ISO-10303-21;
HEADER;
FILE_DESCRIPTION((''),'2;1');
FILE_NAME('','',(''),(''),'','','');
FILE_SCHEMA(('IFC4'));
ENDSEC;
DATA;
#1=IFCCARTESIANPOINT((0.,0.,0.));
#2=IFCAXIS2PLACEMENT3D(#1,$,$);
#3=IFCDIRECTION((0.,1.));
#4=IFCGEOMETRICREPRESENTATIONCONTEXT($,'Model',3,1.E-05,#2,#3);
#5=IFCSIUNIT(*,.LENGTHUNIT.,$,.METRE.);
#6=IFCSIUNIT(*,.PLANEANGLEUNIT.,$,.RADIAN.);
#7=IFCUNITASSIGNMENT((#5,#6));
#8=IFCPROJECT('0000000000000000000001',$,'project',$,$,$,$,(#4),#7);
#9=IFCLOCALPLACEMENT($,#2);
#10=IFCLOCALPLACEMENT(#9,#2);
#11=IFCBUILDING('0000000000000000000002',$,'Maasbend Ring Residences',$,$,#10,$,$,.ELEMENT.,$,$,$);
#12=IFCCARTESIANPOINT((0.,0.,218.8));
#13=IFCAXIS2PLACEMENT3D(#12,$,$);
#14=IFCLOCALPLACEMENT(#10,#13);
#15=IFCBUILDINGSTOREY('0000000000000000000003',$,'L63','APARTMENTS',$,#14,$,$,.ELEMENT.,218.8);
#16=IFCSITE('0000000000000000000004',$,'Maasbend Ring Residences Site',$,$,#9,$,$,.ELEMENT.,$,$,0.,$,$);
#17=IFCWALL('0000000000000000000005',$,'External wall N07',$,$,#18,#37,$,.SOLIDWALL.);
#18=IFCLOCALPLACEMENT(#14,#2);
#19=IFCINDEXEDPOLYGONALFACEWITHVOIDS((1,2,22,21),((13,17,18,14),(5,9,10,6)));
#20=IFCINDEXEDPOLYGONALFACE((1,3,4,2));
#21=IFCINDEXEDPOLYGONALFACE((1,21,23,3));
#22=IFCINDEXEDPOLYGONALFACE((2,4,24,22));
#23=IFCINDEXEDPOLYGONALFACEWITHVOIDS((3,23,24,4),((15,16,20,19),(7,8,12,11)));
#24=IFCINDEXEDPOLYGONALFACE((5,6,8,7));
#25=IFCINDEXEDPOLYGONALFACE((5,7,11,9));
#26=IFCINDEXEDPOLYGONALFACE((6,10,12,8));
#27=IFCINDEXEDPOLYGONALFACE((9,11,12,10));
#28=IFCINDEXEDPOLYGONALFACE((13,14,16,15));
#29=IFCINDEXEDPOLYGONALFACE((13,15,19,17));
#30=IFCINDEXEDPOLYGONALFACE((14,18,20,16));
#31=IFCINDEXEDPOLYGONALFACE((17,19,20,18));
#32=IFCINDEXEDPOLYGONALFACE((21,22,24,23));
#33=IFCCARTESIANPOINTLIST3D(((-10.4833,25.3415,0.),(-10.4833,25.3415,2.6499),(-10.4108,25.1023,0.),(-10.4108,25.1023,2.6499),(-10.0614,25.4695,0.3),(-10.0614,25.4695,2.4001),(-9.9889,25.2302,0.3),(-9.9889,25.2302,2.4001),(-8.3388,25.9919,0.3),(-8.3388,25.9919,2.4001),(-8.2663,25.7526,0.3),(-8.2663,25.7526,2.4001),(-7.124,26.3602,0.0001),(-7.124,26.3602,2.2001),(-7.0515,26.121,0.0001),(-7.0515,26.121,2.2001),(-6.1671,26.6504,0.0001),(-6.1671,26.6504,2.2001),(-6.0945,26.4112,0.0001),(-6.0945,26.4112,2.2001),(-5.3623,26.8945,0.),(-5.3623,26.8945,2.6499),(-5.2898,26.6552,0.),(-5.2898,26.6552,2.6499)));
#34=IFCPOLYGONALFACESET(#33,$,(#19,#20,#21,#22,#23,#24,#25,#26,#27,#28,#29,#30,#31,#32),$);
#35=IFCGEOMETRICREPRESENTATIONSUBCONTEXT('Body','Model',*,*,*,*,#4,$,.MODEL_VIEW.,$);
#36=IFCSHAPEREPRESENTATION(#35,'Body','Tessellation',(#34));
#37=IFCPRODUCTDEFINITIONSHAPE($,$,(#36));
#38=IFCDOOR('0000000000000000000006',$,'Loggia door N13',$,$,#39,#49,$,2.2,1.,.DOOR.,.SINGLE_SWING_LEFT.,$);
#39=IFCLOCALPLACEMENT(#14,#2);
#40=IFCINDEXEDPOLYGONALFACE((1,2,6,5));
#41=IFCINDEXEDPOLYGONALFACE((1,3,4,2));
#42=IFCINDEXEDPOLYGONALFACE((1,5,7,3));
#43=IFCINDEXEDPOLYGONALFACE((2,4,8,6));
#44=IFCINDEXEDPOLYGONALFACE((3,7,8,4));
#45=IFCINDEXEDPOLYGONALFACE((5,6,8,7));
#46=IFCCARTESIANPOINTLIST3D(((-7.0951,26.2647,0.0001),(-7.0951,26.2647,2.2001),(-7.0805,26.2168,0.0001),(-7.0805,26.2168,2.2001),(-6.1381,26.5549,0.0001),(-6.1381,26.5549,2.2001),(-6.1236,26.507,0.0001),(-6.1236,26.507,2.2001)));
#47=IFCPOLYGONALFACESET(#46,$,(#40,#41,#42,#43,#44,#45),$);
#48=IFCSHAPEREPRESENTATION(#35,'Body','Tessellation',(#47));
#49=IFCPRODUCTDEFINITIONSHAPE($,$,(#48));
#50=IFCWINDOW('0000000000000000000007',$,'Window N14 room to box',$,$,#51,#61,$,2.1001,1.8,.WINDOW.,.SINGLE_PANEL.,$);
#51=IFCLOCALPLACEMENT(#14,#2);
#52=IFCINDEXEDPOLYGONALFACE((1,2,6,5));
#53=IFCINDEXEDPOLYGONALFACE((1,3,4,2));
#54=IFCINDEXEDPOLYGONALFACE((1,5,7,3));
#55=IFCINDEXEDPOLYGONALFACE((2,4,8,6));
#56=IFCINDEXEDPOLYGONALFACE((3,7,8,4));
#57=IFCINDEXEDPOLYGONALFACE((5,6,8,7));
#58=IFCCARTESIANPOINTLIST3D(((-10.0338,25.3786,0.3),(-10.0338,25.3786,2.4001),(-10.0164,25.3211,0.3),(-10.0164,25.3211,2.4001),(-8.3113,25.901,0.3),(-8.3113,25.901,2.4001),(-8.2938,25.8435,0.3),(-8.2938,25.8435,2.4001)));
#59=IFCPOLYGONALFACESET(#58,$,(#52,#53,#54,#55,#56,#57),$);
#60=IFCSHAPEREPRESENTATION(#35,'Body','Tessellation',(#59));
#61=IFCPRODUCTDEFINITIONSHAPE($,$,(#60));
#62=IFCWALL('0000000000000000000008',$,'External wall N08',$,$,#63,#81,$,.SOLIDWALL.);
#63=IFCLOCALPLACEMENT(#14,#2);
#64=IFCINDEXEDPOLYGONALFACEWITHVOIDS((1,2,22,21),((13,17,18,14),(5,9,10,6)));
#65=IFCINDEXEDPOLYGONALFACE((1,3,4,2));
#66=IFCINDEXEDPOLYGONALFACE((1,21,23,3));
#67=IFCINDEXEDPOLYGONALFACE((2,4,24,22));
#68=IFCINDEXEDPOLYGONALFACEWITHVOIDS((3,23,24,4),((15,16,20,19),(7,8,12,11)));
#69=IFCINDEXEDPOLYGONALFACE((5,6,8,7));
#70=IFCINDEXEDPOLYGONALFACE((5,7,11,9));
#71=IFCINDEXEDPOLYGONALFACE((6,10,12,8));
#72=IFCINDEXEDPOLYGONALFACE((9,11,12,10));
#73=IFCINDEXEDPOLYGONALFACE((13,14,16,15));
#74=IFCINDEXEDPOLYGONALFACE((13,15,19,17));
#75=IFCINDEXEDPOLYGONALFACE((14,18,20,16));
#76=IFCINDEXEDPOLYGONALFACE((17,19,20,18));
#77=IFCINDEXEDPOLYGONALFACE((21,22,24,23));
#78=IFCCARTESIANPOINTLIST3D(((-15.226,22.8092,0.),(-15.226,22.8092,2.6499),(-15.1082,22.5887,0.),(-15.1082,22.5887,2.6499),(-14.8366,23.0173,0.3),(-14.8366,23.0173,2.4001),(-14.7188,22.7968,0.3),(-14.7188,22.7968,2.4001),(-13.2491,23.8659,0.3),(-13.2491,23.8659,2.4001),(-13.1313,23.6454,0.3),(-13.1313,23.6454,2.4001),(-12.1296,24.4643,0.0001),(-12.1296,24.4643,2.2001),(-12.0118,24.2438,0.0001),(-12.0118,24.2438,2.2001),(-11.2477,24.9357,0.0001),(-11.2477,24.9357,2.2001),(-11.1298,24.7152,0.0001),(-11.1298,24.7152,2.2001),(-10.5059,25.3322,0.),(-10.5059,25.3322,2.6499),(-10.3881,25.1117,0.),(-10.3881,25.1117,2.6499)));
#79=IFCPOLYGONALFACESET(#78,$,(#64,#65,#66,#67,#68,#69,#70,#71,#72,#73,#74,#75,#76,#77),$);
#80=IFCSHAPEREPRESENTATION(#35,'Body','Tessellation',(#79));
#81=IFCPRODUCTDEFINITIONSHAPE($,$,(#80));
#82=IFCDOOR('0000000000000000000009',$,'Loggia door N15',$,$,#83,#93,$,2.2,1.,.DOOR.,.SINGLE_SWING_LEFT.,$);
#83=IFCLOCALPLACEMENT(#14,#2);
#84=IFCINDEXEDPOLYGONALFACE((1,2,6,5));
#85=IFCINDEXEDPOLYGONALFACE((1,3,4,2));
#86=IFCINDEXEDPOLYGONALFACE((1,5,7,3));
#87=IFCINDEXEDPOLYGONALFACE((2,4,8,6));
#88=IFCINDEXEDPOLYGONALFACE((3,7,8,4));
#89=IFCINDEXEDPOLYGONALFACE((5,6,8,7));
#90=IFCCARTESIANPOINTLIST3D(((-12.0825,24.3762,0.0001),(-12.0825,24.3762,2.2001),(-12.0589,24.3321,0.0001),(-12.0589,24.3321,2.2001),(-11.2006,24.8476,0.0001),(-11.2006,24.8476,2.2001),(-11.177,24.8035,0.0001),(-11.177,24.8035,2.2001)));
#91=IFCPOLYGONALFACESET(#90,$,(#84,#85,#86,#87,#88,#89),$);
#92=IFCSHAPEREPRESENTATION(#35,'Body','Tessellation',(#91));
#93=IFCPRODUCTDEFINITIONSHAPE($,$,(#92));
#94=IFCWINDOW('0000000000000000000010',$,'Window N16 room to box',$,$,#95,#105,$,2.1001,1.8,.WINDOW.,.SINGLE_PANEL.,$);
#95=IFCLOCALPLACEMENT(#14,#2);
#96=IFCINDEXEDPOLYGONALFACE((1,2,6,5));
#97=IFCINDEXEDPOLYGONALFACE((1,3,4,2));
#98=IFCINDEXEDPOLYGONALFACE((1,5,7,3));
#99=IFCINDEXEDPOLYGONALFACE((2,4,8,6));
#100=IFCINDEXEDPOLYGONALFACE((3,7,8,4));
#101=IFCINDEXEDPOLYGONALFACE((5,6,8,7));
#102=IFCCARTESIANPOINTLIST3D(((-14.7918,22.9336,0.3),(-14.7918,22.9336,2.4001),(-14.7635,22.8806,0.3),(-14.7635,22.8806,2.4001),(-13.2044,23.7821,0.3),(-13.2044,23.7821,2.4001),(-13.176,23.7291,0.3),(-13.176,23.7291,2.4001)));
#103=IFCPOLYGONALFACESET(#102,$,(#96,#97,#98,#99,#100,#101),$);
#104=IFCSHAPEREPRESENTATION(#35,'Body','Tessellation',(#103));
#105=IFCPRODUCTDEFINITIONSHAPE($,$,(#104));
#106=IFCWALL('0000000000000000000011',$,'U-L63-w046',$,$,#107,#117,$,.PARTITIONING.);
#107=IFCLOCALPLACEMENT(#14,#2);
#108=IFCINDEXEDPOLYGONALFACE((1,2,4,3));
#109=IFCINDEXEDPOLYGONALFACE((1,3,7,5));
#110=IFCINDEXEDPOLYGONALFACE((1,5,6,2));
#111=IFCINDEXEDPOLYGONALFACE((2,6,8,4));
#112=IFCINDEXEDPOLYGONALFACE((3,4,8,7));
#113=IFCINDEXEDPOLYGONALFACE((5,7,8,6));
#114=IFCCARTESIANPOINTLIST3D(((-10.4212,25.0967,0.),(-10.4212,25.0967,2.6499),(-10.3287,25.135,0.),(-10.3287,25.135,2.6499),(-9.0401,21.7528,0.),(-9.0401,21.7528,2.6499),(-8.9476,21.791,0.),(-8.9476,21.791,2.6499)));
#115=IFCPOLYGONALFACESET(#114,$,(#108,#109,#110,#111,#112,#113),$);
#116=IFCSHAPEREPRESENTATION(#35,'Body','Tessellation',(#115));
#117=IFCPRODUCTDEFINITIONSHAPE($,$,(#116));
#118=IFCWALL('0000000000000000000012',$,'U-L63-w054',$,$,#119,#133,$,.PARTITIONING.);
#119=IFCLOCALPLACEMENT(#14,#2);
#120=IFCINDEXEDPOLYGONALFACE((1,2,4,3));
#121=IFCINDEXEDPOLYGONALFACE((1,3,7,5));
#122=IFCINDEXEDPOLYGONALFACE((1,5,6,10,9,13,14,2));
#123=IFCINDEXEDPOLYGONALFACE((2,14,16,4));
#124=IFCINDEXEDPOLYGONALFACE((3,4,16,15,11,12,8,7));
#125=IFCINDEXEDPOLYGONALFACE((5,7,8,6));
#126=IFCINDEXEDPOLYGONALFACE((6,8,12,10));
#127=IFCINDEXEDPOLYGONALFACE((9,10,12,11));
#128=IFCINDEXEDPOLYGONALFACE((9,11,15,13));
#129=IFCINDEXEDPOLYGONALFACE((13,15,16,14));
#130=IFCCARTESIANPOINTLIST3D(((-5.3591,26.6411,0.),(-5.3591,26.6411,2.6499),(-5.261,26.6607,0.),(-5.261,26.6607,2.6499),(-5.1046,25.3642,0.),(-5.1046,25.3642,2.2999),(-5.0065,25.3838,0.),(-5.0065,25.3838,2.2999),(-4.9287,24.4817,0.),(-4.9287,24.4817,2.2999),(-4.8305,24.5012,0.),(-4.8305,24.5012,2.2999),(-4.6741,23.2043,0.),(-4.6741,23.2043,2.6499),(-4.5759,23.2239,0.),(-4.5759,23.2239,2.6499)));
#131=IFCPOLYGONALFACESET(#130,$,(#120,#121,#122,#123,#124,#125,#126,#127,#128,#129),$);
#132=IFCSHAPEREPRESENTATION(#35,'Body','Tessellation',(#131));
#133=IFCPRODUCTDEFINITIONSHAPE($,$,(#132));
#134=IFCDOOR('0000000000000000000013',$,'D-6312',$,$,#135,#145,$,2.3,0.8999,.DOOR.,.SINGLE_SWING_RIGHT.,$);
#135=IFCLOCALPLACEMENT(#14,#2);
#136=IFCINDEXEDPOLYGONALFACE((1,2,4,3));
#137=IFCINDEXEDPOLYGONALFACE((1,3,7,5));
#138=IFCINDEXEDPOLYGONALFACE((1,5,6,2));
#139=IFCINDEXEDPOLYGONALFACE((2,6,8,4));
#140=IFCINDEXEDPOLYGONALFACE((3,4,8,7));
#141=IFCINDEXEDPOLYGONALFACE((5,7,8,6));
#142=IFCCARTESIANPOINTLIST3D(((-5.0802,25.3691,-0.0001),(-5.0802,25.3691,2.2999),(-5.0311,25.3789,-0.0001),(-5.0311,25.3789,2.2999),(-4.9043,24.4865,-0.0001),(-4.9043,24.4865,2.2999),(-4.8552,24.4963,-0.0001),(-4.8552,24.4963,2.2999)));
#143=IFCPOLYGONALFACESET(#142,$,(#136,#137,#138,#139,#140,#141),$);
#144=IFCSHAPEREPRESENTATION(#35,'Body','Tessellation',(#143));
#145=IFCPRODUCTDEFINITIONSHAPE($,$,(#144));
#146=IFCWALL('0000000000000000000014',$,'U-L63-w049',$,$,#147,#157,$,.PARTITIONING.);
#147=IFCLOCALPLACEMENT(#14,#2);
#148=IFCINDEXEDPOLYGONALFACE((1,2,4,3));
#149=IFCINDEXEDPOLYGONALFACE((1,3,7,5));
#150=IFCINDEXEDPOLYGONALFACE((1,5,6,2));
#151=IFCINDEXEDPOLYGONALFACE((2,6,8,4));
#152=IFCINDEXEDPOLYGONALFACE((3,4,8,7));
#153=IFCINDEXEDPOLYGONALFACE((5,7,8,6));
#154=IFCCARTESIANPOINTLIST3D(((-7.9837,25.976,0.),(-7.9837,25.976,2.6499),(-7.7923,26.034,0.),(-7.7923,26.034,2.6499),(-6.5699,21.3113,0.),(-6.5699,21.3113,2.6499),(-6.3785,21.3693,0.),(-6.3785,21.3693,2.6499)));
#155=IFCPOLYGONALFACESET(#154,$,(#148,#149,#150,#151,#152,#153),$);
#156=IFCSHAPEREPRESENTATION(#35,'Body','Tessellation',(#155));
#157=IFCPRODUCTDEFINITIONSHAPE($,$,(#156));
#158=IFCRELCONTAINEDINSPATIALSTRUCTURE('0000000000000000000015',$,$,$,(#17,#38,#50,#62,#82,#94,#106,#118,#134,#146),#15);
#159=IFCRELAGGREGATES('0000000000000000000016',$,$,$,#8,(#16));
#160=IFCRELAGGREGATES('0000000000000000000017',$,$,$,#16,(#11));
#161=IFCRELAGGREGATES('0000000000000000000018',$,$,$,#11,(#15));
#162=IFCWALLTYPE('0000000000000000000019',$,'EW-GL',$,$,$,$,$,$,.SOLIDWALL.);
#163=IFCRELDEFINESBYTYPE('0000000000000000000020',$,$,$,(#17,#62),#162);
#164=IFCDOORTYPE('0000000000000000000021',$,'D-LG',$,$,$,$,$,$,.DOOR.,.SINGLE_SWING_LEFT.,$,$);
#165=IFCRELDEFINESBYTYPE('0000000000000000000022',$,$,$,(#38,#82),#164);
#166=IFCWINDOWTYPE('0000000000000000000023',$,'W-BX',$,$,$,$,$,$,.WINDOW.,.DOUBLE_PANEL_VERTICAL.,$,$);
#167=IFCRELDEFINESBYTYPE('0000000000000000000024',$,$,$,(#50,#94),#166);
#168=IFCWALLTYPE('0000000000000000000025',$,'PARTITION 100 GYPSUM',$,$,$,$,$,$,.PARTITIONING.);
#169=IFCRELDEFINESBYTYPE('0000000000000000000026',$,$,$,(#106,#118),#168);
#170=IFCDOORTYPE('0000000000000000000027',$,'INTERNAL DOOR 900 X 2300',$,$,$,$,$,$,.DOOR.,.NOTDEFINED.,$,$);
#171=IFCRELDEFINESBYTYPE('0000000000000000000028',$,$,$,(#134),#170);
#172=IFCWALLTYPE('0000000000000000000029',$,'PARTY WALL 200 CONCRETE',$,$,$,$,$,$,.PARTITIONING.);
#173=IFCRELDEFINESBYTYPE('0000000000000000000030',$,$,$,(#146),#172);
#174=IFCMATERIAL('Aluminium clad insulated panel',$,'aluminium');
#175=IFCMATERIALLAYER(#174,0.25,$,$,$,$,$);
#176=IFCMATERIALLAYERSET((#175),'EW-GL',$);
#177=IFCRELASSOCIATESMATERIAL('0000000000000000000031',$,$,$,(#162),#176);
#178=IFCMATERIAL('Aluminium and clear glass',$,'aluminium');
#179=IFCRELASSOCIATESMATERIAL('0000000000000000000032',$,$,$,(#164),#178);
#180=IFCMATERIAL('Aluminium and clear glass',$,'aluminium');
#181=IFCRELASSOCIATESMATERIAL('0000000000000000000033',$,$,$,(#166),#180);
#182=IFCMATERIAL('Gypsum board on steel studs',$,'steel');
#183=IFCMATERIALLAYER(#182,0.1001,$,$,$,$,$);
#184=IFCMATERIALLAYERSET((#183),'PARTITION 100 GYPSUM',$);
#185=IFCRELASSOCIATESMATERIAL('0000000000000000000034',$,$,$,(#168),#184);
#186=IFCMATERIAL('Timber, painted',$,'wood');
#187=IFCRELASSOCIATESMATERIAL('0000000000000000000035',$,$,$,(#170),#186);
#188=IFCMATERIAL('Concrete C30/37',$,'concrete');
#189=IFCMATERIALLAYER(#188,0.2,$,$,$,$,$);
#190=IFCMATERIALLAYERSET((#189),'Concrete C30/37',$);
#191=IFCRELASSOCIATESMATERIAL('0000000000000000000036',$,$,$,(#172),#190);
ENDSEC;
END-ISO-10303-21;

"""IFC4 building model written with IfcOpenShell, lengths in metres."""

from ifc_helpers import new_model, si_unit, direction, frame, frame_2d, origin, place, context, subcontext, project, spatial, rectangle, extrude, material, layer, layer_set, type_object, element, fill, save


model = new_model("IFC4")

# Units and contexts
model_context = context("Model", 3, precision=1e-05, world=origin(), true_north=direction((0.0, 1.0)))
body_context = subcontext(model_context, "Body", "Model", "MODEL_VIEW")
ifc_project = project(units=[si_unit("LENGTHUNIT", "METRE"), si_unit("PLANEANGLEUNIT", "RADIAN")], contexts=[model_context])

# Site, building, storey
site_placement = place(None, origin())
site = spatial("IfcSite", under=ifc_project, at=site_placement, Name="Maasbend Ring Residences Site", CompositionType="ELEMENT", RefElevation=0.0)
building_placement = place(site_placement, origin())
building = spatial("IfcBuilding", under=site, at=building_placement, Name="Maasbend Ring Residences", CompositionType="ELEMENT")
storey_placement = place(building_placement, frame((0.0, 0.0, 218.8)))
storey = spatial("IfcBuildingStorey", under=building, at=storey_placement, Name="L63", Description="APARTMENTS", CompositionType="ELEMENT", Elevation=218.8)

# Walls, openings, doors, windows
ifc_material_1 = material(Name="Aluminium clad insulated panel", Category="aluminium")
ifc_layer_1 = layer(ifc_material_1, 0.25)
ifc_layer_set_1 = layer_set([ifc_layer_1], Name="EW-GL")
wall_type_1 = type_object("IfcWallType", Name="EW-GL", PredefinedType="SOLIDWALL", material=ifc_layer_set_1)
wall_1_placement = place(storey_placement, frame((-5.3259, 26.7749, 0.0), z_axis=(0.0, 0.0, 1.0), x_axis=(-0.956966, -0.290201, 0.0)))
wall_1 = element("IfcWall", 1, at=wall_1_placement, inside=storey, type_object=wall_type_1, Name="External wall N07", PredefinedType="SOLIDWALL", context=body_context, shape_type="SweptSolid", body=[
    extrude(rectangle(XDim=5.3513, YDim=0.25, at=frame_2d((2.6758, 0.0))), origin(), (0.0, 0.0, 1.0), 2.6499),
])
opening_1_placement = place(wall_1_placement, frame((0.8411, 0.0, 0.0)))
opening_1 = element("IfcOpeningElement", 2, at=opening_1_placement, cuts=wall_1, PredefinedType="OPENING", context=body_context, shape_type="SweptSolid", body=[
    extrude(rectangle(XDim=1.0, YDim=2.2, at=frame_2d((0.5, 1.1001))), frame((0.0, 0.135, 0.0), z_axis=(0.0, -1.0, 0.0), x_axis=(1.0, 0.0, 0.0)), (0.0, 0.0, 1.0), 0.27),
])
opening_2_placement = place(wall_1_placement, frame((3.1106, 0.0, 0.3)))
opening_2 = element("IfcOpeningElement", 3, at=opening_2_placement, cuts=wall_1, PredefinedType="OPENING", context=body_context, shape_type="SweptSolid", body=[
    extrude(rectangle(XDim=1.8, YDim=2.1001, at=frame_2d((0.8999, 1.05))), frame((0.0, 0.135, 0.0), z_axis=(0.0, -1.0, 0.0), x_axis=(1.0, 0.0, 0.0)), (0.0, 0.0, 1.0), 0.27),
])
ifc_material_2 = material(Name="Aluminium and clear glass", Category="aluminium")
door_type_1 = type_object("IfcDoorType", Name="D-LG", OperationType="SINGLE_SWING_LEFT", PredefinedType="DOOR", material=ifc_material_2)
door_1_placement = place(opening_1_placement, origin())
door_1 = element("IfcDoor", 4, at=door_1_placement, inside=storey, type_object=door_type_1, Name="Loggia door N13", OperationType="SINGLE_SWING_LEFT", OverallHeight=2.2, OverallWidth=1.0, PredefinedType="DOOR", context=body_context, shape_type="SweptSolid", body=[
    extrude(rectangle(XDim=1.0, YDim=2.2, at=frame_2d((0.5, 1.1001))), frame((0.0, 0.0249, 0.0), z_axis=(0.0, -1.0, 0.0), x_axis=(1.0, 0.0, 0.0)), (0.0, 0.0, 1.0), 0.05),
])
fill(opening_1, door_1)
ifc_material_3 = material(Name="Aluminium and clear glass", Category="aluminium")
window_type_1 = type_object("IfcWindowType", Name="W-BX", PartitioningType="DOUBLE_PANEL_VERTICAL", PredefinedType="WINDOW", material=ifc_material_3)
window_1_placement = place(opening_2_placement, origin())
window_1 = element("IfcWindow", 5, at=window_1_placement, inside=storey, type_object=window_type_1, Name="Window N14 room to box", OverallHeight=2.1001, OverallWidth=1.8, PartitioningType="SINGLE_PANEL", PredefinedType="WINDOW", context=body_context, shape_type="SweptSolid", body=[
    extrude(rectangle(XDim=1.8, YDim=2.1001, at=frame_2d((0.8999, 1.05))), frame((0.0, 0.03, 0.0), z_axis=(0.0, -1.0, 0.0), x_axis=(1.0, 0.0, 0.0)), (0.0, 0.0, 1.0), 0.0601),
])
fill(opening_2, window_1)
wall_2_placement = place(storey_placement, frame((-10.447, 25.2219, 0.0), z_axis=(0.0, 0.0, 1.0), x_axis=(-0.881916, -0.471407, 0.0)))
wall_2 = element("IfcWall", 6, at=wall_2_placement, inside=storey, type_object=wall_type_1, Name="External wall N08", PredefinedType="SOLIDWALL", context=body_context, shape_type="SweptSolid", body=[
    extrude(rectangle(XDim=5.3521, YDim=0.25, at=frame_2d((2.676, 0.0))), origin(), (0.0, 0.0, 1.0), 2.6499),
])
opening_3_placement = place(wall_2_placement, frame((0.8411, 0.0, 0.0)))
opening_3 = element("IfcOpeningElement", 7, at=opening_3_placement, cuts=wall_2, PredefinedType="OPENING", context=body_context, shape_type="SweptSolid", body=[
    extrude(rectangle(XDim=1.0, YDim=2.2, at=frame_2d((0.5, 1.1001))), frame((0.0, 0.135, 0.0), z_axis=(0.0, -1.0, 0.0), x_axis=(1.0, 0.0, 0.0)), (0.0, 0.0, 1.0), 0.27),
])
opening_4_placement = place(wall_2_placement, frame((3.1106, 0.0, 0.3)))
opening_4 = element("IfcOpeningElement", 8, at=opening_4_placement, cuts=wall_2, PredefinedType="OPENING", context=body_context, shape_type="SweptSolid", body=[
    extrude(rectangle(XDim=1.8, YDim=2.1001, at=frame_2d((0.8999, 1.05))), frame((0.0, 0.135, 0.0), z_axis=(0.0, -1.0, 0.0), x_axis=(1.0, 0.0, 0.0)), (0.0, 0.0, 1.0), 0.27),
])
door_2_placement = place(opening_3_placement, origin())
door_2 = element("IfcDoor", 9, at=door_2_placement, inside=storey, type_object=door_type_1, Name="Loggia door N15", OperationType="SINGLE_SWING_LEFT", OverallHeight=2.2, OverallWidth=1.0, PredefinedType="DOOR", context=body_context, shape_type="SweptSolid", body=[
    extrude(rectangle(XDim=1.0, YDim=2.2, at=frame_2d((0.5, 1.1001))), frame((0.0, 0.0249, 0.0), z_axis=(0.0, -1.0, 0.0), x_axis=(1.0, 0.0, 0.0)), (0.0, 0.0, 1.0), 0.05),
])
fill(opening_3, door_2)
window_2_placement = place(opening_4_placement, origin())
window_2 = element("IfcWindow", 10, at=window_2_placement, inside=storey, type_object=window_type_1, Name="Window N16 room to box", OverallHeight=2.1001, OverallWidth=1.8, PartitioningType="SINGLE_PANEL", PredefinedType="WINDOW", context=body_context, shape_type="SweptSolid", body=[
    extrude(rectangle(XDim=1.8, YDim=2.1001, at=frame_2d((0.8999, 1.05))), frame((0.0, 0.03, 0.0), z_axis=(0.0, -1.0, 0.0), x_axis=(1.0, 0.0, 0.0)), (0.0, 0.0, 1.0), 0.0601),
])
fill(opening_4, window_2)

# Wall
ifc_material_4 = material(Name="Gypsum board on steel studs", Category="steel")
ifc_layer_2 = layer(ifc_material_4, 0.1001)
ifc_layer_set_2 = layer_set([ifc_layer_2], Name="PARTITION 100 GYPSUM")
wall_type_2 = type_object("IfcWallType", Name="PARTITION 100 GYPSUM", PredefinedType="PARTITIONING", material=ifc_layer_set_2)
wall_3_placement = place(storey_placement, frame((-10.375, 25.116, 0.0), z_axis=(0.0, 0.0, 1.0), x_axis=(0.381734, -0.924272, 0.0)))
element("IfcWall", 11, at=wall_3_placement, inside=storey, type_object=wall_type_2, Name="U-L63-w046", PredefinedType="PARTITIONING", context=body_context, shape_type="SweptSolid", body=[
    extrude(rectangle(XDim=3.6179, YDim=0.1001, at=frame_2d((1.8091, 0.0))), origin(), (0.0, 0.0, 1.0), 2.6499),
])

# Wall, opening, door
wall_4_placement = place(storey_placement, frame((-5.3101, 26.6509, 0.0), z_axis=(0.0, 0.0, 1.0), x_axis=(0.195486, -0.980706, 0.0)))
wall_4 = element("IfcWall", 12, at=wall_4_placement, inside=storey, type_object=wall_type_2, Name="U-L63-w054", PredefinedType="PARTITIONING", context=body_context, shape_type="SweptSolid", body=[
    extrude(rectangle(XDim=3.5044, YDim=0.1001, at=frame_2d((1.7522, 0.0))), origin(), (0.0, 0.0, 1.0), 2.6499),
])
opening_5_placement = place(wall_4_placement, frame((1.302, 0.0, 0.0)))
opening_5 = element("IfcOpeningElement", 13, at=opening_5_placement, cuts=wall_4, PredefinedType="OPENING", context=body_context, shape_type="SweptSolid", body=[
    extrude(rectangle(XDim=0.8999, YDim=2.3, at=frame_2d((0.45, 1.1499))), frame((0.0, 0.0601, 0.0), z_axis=(0.0, -1.0, 0.0), x_axis=(1.0, 0.0, 0.0)), (0.0, 0.0, 1.0), 0.1201),
])
ifc_material_5 = material(Name="Timber, painted", Category="wood")
door_type_2 = type_object("IfcDoorType", Name="INTERNAL DOOR 900 X 2300", OperationType="NOTDEFINED", PredefinedType="DOOR", material=ifc_material_5)
door_3_placement = place(opening_5_placement, origin())
door_3 = element("IfcDoor", 14, at=door_3_placement, inside=storey, type_object=door_type_2, Name="D-6312", OperationType="SINGLE_SWING_RIGHT", OverallHeight=2.3, OverallWidth=0.8999, PredefinedType="DOOR", context=body_context, shape_type="SweptSolid", body=[
    extrude(rectangle(XDim=0.8999, YDim=2.3, at=frame_2d((0.45, 1.1499))), frame((0.0, 0.0249, 0.0), z_axis=(0.0, -1.0, 0.0), x_axis=(1.0, 0.0, 0.0)), (0.0, 0.0, 1.0), 0.05),
])
fill(opening_5, door_3)

# Wall
ifc_material_6 = material(Name="Concrete C30/37", Category="concrete")
ifc_layer_3 = layer(ifc_material_6, 0.2)
ifc_layer_set_3 = layer_set([ifc_layer_3], Name="Concrete C30/37")
wall_type_3 = type_object("IfcWallType", Name="PARTY WALL 200 CONCRETE", PredefinedType="PARTITIONING", material=ifc_layer_set_3)
wall_5_placement = place(storey_placement, frame((-7.8879, 26.0049, 0.0), z_axis=(0.0, 0.0, 1.0), x_axis=(0.290053, -0.957011, 0.0)))
element("IfcWall", 15, at=wall_5_placement, inside=storey, type_object=wall_type_3, Name="U-L63-w049", PredefinedType="PARTITIONING", context=body_context, shape_type="SweptSolid", body=[
    extrude(rectangle(XDim=4.8743, YDim=0.2, at=frame_2d((2.437, 0.0))), origin(), (0.0, 0.0, 1.0), 2.6499),
])

save(model, "model.ifc")
